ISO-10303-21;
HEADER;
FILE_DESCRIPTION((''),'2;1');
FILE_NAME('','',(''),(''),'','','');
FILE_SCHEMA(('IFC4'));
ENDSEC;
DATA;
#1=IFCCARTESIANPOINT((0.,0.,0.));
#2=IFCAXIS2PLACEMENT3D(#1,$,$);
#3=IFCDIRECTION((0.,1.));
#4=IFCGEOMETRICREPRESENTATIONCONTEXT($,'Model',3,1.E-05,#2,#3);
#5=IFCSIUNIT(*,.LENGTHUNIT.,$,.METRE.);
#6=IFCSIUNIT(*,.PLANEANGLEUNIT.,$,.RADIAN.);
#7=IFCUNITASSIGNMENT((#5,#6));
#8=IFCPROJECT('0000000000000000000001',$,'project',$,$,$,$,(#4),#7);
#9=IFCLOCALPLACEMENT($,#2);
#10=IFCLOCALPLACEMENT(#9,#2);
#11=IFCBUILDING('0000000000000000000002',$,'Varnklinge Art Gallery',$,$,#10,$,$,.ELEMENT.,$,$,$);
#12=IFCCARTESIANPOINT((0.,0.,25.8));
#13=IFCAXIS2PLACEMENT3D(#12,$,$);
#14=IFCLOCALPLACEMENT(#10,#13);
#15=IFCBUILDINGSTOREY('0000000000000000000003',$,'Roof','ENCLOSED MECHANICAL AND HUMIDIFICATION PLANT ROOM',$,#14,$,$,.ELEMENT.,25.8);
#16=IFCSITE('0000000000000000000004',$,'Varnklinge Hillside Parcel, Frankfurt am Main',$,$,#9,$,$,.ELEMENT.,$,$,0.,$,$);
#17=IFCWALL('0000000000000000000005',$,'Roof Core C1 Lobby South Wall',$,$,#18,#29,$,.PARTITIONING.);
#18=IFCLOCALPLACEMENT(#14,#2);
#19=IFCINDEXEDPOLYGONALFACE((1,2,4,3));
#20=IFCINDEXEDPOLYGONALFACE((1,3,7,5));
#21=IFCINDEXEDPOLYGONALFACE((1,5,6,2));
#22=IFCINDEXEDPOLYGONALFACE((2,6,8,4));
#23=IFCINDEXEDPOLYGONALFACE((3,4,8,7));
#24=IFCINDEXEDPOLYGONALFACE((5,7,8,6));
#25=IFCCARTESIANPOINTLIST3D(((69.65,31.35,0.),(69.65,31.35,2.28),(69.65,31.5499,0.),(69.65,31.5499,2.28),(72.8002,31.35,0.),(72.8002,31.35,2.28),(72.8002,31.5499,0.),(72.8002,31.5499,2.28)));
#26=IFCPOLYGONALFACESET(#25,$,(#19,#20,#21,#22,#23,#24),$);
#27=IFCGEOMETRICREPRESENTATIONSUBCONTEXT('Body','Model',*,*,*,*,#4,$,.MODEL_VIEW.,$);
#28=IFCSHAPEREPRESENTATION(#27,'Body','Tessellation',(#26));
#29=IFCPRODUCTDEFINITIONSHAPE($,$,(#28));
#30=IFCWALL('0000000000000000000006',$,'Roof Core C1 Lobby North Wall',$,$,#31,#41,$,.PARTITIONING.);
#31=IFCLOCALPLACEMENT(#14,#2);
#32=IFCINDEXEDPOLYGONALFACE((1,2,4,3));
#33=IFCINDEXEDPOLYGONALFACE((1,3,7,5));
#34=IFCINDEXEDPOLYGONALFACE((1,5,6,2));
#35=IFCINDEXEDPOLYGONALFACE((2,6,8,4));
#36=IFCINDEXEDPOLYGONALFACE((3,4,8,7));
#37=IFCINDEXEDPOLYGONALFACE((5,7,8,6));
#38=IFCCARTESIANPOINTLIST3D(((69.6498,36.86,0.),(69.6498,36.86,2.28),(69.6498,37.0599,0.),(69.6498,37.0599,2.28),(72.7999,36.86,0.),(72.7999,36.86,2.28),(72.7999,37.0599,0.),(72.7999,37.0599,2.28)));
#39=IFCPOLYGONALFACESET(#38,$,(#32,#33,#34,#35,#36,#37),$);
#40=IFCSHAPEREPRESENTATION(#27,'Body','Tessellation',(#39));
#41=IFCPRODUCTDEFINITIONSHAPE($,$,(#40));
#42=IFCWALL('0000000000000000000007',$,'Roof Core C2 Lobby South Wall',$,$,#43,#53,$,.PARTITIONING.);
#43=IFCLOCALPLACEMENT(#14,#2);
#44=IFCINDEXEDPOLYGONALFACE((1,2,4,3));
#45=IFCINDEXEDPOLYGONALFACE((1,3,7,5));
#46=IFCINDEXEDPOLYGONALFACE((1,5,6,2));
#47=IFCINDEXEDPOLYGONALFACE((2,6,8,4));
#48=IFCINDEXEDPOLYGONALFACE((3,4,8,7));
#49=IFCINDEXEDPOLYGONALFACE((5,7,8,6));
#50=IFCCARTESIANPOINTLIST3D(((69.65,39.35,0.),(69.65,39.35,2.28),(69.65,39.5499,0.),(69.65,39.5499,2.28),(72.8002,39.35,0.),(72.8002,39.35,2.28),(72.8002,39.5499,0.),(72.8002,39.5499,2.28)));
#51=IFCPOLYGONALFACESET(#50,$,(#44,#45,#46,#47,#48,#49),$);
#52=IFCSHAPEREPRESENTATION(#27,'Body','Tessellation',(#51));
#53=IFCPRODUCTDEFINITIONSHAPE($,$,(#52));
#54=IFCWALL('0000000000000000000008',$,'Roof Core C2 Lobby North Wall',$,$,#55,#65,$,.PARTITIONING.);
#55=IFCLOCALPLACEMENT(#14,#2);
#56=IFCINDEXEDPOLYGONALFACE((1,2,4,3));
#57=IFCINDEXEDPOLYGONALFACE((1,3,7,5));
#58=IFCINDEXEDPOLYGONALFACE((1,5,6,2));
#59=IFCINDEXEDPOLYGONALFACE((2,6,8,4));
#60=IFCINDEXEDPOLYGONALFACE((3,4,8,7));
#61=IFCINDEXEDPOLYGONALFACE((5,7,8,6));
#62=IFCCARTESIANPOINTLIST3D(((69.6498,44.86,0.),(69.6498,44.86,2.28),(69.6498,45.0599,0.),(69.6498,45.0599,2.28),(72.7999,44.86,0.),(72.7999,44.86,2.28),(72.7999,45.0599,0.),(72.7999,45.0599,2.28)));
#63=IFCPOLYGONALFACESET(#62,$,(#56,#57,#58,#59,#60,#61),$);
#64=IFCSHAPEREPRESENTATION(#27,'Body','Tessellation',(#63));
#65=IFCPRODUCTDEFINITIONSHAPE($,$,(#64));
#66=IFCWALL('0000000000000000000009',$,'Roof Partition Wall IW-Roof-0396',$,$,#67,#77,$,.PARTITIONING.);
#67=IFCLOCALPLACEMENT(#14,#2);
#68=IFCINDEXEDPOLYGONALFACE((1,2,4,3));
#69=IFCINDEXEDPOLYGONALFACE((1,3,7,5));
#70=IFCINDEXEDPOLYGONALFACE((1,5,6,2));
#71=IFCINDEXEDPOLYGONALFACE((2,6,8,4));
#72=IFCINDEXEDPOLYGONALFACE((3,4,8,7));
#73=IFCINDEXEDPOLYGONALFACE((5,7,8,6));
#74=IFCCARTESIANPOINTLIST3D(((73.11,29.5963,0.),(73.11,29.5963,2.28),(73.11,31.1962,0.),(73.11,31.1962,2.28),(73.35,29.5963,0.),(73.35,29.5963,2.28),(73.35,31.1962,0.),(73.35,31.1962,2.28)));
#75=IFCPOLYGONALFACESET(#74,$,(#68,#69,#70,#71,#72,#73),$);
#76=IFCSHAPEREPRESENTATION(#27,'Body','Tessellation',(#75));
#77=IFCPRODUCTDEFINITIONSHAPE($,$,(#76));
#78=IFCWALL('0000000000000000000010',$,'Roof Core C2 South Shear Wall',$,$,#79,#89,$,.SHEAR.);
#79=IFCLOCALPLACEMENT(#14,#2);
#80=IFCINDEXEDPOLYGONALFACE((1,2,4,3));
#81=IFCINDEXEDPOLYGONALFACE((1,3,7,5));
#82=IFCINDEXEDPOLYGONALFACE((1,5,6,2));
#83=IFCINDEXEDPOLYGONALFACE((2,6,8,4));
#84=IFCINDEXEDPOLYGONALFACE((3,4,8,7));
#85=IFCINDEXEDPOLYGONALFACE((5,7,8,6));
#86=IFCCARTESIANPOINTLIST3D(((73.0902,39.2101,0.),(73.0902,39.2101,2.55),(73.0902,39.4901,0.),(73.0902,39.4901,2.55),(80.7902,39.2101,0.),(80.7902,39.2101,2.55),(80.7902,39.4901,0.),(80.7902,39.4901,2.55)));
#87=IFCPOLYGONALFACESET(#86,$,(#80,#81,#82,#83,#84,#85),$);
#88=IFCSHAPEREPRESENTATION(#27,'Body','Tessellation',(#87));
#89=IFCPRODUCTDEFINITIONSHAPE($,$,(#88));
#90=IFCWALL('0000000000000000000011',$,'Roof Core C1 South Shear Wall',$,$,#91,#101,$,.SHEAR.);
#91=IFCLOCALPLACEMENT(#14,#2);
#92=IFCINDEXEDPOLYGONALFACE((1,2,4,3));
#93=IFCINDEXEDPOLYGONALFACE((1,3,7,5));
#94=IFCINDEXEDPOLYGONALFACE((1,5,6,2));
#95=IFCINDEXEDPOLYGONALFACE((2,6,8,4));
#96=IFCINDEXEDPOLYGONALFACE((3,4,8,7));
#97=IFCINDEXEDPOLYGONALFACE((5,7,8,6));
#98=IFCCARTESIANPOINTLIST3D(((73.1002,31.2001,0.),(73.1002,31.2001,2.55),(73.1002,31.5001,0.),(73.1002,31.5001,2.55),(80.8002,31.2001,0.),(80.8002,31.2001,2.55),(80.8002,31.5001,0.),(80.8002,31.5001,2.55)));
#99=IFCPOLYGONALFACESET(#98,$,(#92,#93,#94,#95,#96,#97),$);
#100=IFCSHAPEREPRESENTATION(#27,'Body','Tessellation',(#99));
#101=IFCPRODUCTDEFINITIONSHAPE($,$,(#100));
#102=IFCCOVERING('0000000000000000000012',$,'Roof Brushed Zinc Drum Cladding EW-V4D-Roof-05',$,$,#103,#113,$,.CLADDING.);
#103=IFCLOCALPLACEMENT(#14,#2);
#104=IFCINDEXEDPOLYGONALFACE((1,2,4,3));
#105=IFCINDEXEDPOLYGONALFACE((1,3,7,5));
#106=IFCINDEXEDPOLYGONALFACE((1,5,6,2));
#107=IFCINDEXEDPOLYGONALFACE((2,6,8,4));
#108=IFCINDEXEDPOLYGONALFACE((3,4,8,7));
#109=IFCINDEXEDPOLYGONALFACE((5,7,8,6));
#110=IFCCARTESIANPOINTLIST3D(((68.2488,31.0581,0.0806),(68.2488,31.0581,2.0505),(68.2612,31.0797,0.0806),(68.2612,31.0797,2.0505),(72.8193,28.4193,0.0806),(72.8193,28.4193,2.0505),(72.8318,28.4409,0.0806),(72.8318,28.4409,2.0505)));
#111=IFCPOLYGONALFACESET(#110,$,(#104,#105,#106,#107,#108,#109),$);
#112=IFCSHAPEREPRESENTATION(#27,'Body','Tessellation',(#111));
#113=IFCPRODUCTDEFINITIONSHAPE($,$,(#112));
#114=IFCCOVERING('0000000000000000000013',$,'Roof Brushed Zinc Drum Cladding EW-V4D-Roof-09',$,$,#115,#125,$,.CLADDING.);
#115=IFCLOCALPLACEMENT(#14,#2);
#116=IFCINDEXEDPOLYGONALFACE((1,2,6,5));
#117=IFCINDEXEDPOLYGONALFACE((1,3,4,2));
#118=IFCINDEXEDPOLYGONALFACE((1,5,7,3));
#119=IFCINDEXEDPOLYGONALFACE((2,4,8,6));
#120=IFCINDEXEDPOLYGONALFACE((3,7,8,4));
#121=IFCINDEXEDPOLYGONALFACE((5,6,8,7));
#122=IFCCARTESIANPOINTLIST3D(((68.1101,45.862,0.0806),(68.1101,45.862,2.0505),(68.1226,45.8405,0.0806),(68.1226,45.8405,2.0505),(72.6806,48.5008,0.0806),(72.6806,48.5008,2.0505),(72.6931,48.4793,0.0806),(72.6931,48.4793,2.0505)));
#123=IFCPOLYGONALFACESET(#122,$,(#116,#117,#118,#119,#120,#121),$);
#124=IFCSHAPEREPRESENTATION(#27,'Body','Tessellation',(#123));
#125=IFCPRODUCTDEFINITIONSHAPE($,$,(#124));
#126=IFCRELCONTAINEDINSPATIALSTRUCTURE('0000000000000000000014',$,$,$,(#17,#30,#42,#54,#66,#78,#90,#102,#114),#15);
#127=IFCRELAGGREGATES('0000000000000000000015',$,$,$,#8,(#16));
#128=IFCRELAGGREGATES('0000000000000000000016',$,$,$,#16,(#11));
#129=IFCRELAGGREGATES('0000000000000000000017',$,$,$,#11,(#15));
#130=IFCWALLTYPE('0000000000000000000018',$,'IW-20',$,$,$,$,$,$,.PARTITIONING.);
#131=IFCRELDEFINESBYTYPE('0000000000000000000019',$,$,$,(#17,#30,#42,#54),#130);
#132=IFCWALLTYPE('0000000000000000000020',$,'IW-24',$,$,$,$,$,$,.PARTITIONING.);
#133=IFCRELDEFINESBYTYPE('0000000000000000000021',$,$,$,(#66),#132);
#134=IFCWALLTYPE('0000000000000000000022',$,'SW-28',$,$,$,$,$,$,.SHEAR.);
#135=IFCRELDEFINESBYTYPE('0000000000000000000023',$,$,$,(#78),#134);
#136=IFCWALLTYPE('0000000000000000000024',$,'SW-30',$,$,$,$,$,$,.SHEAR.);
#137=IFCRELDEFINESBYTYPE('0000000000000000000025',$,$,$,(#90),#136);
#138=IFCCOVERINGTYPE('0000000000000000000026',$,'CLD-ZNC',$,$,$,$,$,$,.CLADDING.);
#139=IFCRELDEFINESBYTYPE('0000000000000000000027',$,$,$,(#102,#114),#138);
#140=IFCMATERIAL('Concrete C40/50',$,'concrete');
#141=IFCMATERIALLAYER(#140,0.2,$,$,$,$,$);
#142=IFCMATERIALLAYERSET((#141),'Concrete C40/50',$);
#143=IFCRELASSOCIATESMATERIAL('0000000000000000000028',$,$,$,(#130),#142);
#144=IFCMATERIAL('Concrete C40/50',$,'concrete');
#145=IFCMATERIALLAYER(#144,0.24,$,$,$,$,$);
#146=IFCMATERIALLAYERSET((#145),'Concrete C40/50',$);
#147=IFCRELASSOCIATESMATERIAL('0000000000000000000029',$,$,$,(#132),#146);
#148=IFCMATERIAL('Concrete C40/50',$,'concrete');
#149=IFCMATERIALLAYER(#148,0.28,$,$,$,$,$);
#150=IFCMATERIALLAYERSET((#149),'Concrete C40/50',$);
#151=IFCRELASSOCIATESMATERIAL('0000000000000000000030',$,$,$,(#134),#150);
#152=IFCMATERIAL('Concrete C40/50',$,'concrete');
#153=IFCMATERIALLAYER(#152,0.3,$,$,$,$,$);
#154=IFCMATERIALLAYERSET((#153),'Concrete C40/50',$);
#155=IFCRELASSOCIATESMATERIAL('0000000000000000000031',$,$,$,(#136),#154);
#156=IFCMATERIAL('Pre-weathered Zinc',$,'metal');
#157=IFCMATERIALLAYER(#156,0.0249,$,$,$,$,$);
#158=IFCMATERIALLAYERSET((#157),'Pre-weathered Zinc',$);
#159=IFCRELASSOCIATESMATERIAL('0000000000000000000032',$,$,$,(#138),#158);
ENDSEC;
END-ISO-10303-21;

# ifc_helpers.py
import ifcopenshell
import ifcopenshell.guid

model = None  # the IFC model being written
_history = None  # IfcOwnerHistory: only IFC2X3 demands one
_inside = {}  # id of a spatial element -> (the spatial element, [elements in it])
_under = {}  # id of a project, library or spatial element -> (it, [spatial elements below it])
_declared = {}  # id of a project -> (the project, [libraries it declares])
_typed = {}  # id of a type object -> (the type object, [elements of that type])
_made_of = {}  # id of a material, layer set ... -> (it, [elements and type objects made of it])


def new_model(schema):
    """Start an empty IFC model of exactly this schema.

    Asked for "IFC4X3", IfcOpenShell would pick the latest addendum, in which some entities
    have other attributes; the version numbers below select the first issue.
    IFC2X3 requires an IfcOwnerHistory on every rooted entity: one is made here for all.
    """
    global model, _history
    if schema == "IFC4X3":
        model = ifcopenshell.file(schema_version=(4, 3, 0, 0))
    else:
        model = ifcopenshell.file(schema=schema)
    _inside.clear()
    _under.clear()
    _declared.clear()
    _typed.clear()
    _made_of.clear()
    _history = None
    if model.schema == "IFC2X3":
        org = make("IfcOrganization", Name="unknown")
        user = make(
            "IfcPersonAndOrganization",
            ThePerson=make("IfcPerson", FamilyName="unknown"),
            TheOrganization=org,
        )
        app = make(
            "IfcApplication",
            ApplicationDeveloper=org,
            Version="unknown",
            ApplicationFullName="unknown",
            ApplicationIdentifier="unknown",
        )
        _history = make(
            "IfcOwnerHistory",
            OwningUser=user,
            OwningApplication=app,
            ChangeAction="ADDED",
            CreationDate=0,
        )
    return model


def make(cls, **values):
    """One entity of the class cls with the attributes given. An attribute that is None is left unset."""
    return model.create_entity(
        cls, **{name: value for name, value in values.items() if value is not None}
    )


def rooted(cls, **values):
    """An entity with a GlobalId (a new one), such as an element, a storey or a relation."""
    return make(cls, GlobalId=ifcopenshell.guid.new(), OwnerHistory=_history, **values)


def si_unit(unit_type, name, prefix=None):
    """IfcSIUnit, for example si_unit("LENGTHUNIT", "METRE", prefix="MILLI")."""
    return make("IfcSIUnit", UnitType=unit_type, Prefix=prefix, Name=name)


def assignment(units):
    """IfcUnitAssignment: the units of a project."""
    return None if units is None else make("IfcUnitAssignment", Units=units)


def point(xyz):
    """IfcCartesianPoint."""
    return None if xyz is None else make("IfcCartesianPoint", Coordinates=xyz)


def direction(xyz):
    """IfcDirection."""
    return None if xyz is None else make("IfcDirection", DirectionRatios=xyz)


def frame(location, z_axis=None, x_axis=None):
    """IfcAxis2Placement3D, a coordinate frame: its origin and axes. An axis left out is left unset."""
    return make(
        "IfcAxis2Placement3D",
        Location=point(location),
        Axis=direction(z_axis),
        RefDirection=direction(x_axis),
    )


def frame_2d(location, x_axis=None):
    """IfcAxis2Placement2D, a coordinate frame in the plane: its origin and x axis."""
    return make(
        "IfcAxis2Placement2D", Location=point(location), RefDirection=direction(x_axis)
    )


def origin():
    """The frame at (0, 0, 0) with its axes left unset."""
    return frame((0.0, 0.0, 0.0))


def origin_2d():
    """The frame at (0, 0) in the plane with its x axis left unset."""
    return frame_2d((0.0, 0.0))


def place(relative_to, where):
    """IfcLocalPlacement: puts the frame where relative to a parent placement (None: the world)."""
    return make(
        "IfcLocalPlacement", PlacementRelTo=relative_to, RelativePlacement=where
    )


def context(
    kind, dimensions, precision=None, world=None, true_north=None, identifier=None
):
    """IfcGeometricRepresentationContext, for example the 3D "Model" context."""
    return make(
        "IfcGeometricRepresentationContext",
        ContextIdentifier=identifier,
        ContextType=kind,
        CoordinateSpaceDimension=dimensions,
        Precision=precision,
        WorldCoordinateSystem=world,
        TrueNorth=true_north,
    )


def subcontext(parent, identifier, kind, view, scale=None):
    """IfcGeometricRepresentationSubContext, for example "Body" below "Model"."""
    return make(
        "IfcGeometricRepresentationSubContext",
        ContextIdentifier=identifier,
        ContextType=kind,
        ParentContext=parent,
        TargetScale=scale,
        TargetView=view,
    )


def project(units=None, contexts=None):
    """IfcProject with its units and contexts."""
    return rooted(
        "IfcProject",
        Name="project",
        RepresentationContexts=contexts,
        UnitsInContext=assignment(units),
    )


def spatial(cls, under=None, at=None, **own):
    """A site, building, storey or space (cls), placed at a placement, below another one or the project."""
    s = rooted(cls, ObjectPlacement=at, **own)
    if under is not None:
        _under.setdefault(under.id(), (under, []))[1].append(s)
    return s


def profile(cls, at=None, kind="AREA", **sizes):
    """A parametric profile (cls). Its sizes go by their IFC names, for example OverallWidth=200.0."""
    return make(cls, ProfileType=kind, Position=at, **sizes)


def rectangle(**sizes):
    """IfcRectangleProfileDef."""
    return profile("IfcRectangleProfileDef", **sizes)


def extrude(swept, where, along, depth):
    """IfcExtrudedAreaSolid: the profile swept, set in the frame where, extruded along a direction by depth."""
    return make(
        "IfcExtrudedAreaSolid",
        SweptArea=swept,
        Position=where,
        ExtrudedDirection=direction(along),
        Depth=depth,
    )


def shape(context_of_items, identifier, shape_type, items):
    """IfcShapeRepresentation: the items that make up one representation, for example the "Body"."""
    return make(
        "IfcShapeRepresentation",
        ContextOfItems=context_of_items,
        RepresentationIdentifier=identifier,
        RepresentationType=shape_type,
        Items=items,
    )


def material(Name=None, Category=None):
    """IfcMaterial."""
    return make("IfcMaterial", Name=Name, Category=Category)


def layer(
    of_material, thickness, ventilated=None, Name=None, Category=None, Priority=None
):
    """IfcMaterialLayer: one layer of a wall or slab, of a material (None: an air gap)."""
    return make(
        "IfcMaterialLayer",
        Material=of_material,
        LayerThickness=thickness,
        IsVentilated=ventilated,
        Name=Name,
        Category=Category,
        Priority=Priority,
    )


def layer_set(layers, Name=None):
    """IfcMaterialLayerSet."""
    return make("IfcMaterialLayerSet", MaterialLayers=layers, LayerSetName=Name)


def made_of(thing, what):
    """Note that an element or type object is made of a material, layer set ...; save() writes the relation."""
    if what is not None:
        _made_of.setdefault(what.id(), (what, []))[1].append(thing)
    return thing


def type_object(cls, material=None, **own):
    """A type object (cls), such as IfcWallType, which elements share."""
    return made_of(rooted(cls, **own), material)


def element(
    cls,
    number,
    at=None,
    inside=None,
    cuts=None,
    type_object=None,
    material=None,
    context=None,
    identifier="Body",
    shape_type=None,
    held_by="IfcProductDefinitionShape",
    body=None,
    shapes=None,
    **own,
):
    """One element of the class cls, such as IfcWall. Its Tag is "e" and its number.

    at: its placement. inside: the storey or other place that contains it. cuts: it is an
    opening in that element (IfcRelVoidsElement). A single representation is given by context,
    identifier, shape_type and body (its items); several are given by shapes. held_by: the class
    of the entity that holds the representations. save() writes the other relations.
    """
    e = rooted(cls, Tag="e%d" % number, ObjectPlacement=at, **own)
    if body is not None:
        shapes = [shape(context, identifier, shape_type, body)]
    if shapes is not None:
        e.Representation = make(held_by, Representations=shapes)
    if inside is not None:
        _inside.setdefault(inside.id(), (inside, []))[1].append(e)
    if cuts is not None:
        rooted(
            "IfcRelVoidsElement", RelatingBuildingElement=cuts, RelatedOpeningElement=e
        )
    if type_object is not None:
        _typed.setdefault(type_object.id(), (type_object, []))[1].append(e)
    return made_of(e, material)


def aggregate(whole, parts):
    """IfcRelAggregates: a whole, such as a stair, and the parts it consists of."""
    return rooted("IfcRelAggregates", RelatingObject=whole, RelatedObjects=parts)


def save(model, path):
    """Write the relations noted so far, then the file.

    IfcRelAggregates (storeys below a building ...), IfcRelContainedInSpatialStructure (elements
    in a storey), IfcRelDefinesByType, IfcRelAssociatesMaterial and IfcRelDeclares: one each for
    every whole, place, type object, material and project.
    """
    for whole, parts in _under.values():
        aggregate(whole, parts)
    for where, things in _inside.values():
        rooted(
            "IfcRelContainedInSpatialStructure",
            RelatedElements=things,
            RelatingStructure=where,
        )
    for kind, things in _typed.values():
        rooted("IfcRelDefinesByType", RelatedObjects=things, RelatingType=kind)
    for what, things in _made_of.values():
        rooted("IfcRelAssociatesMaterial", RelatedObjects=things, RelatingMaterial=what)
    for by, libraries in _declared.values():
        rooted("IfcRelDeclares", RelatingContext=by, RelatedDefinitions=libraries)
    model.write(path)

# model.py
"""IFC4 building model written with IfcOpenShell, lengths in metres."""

from ifc_helpers import new_model, si_unit, direction, frame, frame_2d, origin, origin_2d, place, context, subcontext, project, spatial, rectangle, extrude, material, layer, layer_set, type_object, element, save


model = new_model("IFC4")

# Units and contexts
model_context = context("Model", 3, precision=1e-05, world=origin(), true_north=direction((0.0, 1.0)))
body_context = subcontext(model_context, "Body", "Model", "MODEL_VIEW")
ifc_project = project(units=[si_unit("LENGTHUNIT", "METRE"), si_unit("PLANEANGLEUNIT", "RADIAN")], contexts=[model_context])

# Site, building, storey
site_placement = place(None, origin())
site = spatial("IfcSite", under=ifc_project, at=site_placement, Name="Varnklinge Hillside Parcel, Frankfurt am Main", CompositionType="ELEMENT", RefElevation=0.0)
building_placement = place(site_placement, origin())
building = spatial("IfcBuilding", under=site, at=building_placement, Name="Varnklinge Art Gallery", CompositionType="ELEMENT")
storey_placement = place(building_placement, frame((0.0, 0.0, 25.8)))
storey = spatial("IfcBuildingStorey", under=building, at=storey_placement, Name="Roof", Description="ENCLOSED MECHANICAL AND HUMIDIFICATION PLANT ROOM", CompositionType="ELEMENT", Elevation=25.8)

# Walls
ifc_material_1 = material(Name="Concrete C40/50", Category="concrete")
ifc_layer_1 = layer(ifc_material_1, 0.2)
ifc_layer_set_1 = layer_set([ifc_layer_1], Name="Concrete C40/50")
wall_type_1 = type_object("IfcWallType", Name="IW-20", PredefinedType="PARTITIONING", material=ifc_layer_set_1)
for number, where, z_axis, x_axis, name in (
    (1, (69.6499, 31.45, 0.0), (0.0, 0.0, 1.0), (1.0, 0.0, 0.0), "Roof Core C1 Lobby South Wall"),
    (2, (72.8, 36.96, 0.0), (0.0, 0.0, 1.0), (-1.0, 0.0, 0.0), "Roof Core C1 Lobby North Wall"),
    (3, (69.6499, 39.45, 0.0), (0.0, 0.0, 1.0), (1.0, 0.0, 0.0), "Roof Core C2 Lobby South Wall"),
    (4, (72.8, 44.96, 0.0), (0.0, 0.0, 1.0), (-1.0, 0.0, 0.0), "Roof Core C2 Lobby North Wall"),
):
    element("IfcWall", number, at=place(storey_placement, frame(where, z_axis=z_axis, x_axis=x_axis)), inside=storey, type_object=wall_type_1, Name=name, PredefinedType="PARTITIONING", context=body_context, shape_type="SweptSolid", body=[
        extrude(rectangle(XDim=3.1501, YDim=0.2, at=frame_2d((1.5752, 0.0))), origin(), (0.0, 0.0, 1.0), 2.28),
    ])

# Shared definitions
ifc_material_2 = material(Name="Concrete C40/50", Category="concrete")
ifc_layer_2 = layer(ifc_material_2, 0.24)
ifc_layer_set_2 = layer_set([ifc_layer_2], Name="Concrete C40/50")
wall_type_2 = type_object("IfcWallType", Name="IW-24", PredefinedType="PARTITIONING", material=ifc_layer_set_2)

# Walls
wall_1_placement = place(storey_placement, frame((73.23, 31.196, 0.0), z_axis=(0.0, 0.0, 1.0), x_axis=(0.0, -1.0, 0.0)))
element("IfcWall", 5, at=wall_1_placement, inside=storey, type_object=wall_type_2, Name="Roof Partition Wall IW-Roof-0396", PredefinedType="PARTITIONING", context=body_context, shape_type="SweptSolid", body=[
    extrude(rectangle(XDim=1.5999, YDim=0.24, at=frame_2d((0.7998, 0.0))), origin(), (0.0, 0.0, 1.0), 2.28),
])
ifc_material_3 = material(Name="Concrete C40/50", Category="concrete")
ifc_layer_3 = layer(ifc_material_3, 0.28)
ifc_layer_set_3 = layer_set([ifc_layer_3], Name="Concrete C40/50")
wall_type_3 = type_object("IfcWallType", Name="SW-28", PredefinedType="SHEAR", material=ifc_layer_set_3)
wall_2_placement = place(storey_placement, frame((73.0901, 39.3501, 0.0), z_axis=(0.0, 0.0, 1.0), x_axis=(1.0, 0.0, 0.0)))
element("IfcWall", 6, at=wall_2_placement, inside=storey, type_object=wall_type_3, Name="Roof Core C2 South Shear Wall", PredefinedType="SHEAR", context=body_context, shape_type="SweptSolid", body=[
    extrude(rectangle(XDim=7.7, YDim=0.28, at=frame_2d((3.8501, 0.0))), origin(), (0.0, 0.0, 1.0), 2.55),
])

# Wall
ifc_material_4 = material(Name="Concrete C40/50", Category="concrete")
ifc_layer_4 = layer(ifc_material_4, 0.3)
ifc_layer_set_4 = layer_set([ifc_layer_4], Name="Concrete C40/50")
wall_type_4 = type_object("IfcWallType", Name="SW-30", PredefinedType="SHEAR", material=ifc_layer_set_4)
wall_3_placement = place(storey_placement, frame((73.1001, 31.3501, 0.0), z_axis=(0.0, 0.0, 1.0), x_axis=(1.0, 0.0, 0.0)))
element("IfcWall", 7, at=wall_3_placement, inside=storey, type_object=wall_type_4, Name="Roof Core C1 South Shear Wall", PredefinedType="SHEAR", context=body_context, shape_type="SweptSolid", body=[
    extrude(rectangle(XDim=7.7, YDim=0.3, at=frame_2d((3.8501, 0.0))), origin(), (0.0, 0.0, 1.0), 2.55),
])

# Coverings
ifc_material_5 = material(Name="Pre-weathered Zinc", Category="metal")
ifc_layer_5 = layer(ifc_material_5, 0.0249)
ifc_layer_set_5 = layer_set([ifc_layer_5], Name="Pre-weathered Zinc")
covering_type = type_object("IfcCoveringType", Name="CLD-ZNC", PredefinedType="CLADDING", material=ifc_layer_set_5)
for number, where, z_axis, x_axis, name in (
    (8, (70.5403, 29.7495, 0.0806), (0.0, 0.0, 1.0), (-0.866025, 0.5, 0.0), "Roof Brushed Zinc Drum Cladding EW-V4D-Roof-05"),
    (9, (70.4016, 47.1707, 0.0806), (0.0, 0.0, 1.0), (0.866025, 0.5, 0.0), "Roof Brushed Zinc Drum Cladding EW-V4D-Roof-09"),
):
    element("IfcCovering", number, at=place(storey_placement, frame(where, z_axis=z_axis, x_axis=x_axis)), inside=storey, type_object=covering_type, Name=name, PredefinedType="CLADDING", context=body_context, shape_type="SweptSolid", body=[
        extrude(rectangle(XDim=5.2776, YDim=0.0249, at=origin_2d()), origin(), (0.0, 0.0, 1.0), 1.97),
    ])

save(model, "model.ifc")
